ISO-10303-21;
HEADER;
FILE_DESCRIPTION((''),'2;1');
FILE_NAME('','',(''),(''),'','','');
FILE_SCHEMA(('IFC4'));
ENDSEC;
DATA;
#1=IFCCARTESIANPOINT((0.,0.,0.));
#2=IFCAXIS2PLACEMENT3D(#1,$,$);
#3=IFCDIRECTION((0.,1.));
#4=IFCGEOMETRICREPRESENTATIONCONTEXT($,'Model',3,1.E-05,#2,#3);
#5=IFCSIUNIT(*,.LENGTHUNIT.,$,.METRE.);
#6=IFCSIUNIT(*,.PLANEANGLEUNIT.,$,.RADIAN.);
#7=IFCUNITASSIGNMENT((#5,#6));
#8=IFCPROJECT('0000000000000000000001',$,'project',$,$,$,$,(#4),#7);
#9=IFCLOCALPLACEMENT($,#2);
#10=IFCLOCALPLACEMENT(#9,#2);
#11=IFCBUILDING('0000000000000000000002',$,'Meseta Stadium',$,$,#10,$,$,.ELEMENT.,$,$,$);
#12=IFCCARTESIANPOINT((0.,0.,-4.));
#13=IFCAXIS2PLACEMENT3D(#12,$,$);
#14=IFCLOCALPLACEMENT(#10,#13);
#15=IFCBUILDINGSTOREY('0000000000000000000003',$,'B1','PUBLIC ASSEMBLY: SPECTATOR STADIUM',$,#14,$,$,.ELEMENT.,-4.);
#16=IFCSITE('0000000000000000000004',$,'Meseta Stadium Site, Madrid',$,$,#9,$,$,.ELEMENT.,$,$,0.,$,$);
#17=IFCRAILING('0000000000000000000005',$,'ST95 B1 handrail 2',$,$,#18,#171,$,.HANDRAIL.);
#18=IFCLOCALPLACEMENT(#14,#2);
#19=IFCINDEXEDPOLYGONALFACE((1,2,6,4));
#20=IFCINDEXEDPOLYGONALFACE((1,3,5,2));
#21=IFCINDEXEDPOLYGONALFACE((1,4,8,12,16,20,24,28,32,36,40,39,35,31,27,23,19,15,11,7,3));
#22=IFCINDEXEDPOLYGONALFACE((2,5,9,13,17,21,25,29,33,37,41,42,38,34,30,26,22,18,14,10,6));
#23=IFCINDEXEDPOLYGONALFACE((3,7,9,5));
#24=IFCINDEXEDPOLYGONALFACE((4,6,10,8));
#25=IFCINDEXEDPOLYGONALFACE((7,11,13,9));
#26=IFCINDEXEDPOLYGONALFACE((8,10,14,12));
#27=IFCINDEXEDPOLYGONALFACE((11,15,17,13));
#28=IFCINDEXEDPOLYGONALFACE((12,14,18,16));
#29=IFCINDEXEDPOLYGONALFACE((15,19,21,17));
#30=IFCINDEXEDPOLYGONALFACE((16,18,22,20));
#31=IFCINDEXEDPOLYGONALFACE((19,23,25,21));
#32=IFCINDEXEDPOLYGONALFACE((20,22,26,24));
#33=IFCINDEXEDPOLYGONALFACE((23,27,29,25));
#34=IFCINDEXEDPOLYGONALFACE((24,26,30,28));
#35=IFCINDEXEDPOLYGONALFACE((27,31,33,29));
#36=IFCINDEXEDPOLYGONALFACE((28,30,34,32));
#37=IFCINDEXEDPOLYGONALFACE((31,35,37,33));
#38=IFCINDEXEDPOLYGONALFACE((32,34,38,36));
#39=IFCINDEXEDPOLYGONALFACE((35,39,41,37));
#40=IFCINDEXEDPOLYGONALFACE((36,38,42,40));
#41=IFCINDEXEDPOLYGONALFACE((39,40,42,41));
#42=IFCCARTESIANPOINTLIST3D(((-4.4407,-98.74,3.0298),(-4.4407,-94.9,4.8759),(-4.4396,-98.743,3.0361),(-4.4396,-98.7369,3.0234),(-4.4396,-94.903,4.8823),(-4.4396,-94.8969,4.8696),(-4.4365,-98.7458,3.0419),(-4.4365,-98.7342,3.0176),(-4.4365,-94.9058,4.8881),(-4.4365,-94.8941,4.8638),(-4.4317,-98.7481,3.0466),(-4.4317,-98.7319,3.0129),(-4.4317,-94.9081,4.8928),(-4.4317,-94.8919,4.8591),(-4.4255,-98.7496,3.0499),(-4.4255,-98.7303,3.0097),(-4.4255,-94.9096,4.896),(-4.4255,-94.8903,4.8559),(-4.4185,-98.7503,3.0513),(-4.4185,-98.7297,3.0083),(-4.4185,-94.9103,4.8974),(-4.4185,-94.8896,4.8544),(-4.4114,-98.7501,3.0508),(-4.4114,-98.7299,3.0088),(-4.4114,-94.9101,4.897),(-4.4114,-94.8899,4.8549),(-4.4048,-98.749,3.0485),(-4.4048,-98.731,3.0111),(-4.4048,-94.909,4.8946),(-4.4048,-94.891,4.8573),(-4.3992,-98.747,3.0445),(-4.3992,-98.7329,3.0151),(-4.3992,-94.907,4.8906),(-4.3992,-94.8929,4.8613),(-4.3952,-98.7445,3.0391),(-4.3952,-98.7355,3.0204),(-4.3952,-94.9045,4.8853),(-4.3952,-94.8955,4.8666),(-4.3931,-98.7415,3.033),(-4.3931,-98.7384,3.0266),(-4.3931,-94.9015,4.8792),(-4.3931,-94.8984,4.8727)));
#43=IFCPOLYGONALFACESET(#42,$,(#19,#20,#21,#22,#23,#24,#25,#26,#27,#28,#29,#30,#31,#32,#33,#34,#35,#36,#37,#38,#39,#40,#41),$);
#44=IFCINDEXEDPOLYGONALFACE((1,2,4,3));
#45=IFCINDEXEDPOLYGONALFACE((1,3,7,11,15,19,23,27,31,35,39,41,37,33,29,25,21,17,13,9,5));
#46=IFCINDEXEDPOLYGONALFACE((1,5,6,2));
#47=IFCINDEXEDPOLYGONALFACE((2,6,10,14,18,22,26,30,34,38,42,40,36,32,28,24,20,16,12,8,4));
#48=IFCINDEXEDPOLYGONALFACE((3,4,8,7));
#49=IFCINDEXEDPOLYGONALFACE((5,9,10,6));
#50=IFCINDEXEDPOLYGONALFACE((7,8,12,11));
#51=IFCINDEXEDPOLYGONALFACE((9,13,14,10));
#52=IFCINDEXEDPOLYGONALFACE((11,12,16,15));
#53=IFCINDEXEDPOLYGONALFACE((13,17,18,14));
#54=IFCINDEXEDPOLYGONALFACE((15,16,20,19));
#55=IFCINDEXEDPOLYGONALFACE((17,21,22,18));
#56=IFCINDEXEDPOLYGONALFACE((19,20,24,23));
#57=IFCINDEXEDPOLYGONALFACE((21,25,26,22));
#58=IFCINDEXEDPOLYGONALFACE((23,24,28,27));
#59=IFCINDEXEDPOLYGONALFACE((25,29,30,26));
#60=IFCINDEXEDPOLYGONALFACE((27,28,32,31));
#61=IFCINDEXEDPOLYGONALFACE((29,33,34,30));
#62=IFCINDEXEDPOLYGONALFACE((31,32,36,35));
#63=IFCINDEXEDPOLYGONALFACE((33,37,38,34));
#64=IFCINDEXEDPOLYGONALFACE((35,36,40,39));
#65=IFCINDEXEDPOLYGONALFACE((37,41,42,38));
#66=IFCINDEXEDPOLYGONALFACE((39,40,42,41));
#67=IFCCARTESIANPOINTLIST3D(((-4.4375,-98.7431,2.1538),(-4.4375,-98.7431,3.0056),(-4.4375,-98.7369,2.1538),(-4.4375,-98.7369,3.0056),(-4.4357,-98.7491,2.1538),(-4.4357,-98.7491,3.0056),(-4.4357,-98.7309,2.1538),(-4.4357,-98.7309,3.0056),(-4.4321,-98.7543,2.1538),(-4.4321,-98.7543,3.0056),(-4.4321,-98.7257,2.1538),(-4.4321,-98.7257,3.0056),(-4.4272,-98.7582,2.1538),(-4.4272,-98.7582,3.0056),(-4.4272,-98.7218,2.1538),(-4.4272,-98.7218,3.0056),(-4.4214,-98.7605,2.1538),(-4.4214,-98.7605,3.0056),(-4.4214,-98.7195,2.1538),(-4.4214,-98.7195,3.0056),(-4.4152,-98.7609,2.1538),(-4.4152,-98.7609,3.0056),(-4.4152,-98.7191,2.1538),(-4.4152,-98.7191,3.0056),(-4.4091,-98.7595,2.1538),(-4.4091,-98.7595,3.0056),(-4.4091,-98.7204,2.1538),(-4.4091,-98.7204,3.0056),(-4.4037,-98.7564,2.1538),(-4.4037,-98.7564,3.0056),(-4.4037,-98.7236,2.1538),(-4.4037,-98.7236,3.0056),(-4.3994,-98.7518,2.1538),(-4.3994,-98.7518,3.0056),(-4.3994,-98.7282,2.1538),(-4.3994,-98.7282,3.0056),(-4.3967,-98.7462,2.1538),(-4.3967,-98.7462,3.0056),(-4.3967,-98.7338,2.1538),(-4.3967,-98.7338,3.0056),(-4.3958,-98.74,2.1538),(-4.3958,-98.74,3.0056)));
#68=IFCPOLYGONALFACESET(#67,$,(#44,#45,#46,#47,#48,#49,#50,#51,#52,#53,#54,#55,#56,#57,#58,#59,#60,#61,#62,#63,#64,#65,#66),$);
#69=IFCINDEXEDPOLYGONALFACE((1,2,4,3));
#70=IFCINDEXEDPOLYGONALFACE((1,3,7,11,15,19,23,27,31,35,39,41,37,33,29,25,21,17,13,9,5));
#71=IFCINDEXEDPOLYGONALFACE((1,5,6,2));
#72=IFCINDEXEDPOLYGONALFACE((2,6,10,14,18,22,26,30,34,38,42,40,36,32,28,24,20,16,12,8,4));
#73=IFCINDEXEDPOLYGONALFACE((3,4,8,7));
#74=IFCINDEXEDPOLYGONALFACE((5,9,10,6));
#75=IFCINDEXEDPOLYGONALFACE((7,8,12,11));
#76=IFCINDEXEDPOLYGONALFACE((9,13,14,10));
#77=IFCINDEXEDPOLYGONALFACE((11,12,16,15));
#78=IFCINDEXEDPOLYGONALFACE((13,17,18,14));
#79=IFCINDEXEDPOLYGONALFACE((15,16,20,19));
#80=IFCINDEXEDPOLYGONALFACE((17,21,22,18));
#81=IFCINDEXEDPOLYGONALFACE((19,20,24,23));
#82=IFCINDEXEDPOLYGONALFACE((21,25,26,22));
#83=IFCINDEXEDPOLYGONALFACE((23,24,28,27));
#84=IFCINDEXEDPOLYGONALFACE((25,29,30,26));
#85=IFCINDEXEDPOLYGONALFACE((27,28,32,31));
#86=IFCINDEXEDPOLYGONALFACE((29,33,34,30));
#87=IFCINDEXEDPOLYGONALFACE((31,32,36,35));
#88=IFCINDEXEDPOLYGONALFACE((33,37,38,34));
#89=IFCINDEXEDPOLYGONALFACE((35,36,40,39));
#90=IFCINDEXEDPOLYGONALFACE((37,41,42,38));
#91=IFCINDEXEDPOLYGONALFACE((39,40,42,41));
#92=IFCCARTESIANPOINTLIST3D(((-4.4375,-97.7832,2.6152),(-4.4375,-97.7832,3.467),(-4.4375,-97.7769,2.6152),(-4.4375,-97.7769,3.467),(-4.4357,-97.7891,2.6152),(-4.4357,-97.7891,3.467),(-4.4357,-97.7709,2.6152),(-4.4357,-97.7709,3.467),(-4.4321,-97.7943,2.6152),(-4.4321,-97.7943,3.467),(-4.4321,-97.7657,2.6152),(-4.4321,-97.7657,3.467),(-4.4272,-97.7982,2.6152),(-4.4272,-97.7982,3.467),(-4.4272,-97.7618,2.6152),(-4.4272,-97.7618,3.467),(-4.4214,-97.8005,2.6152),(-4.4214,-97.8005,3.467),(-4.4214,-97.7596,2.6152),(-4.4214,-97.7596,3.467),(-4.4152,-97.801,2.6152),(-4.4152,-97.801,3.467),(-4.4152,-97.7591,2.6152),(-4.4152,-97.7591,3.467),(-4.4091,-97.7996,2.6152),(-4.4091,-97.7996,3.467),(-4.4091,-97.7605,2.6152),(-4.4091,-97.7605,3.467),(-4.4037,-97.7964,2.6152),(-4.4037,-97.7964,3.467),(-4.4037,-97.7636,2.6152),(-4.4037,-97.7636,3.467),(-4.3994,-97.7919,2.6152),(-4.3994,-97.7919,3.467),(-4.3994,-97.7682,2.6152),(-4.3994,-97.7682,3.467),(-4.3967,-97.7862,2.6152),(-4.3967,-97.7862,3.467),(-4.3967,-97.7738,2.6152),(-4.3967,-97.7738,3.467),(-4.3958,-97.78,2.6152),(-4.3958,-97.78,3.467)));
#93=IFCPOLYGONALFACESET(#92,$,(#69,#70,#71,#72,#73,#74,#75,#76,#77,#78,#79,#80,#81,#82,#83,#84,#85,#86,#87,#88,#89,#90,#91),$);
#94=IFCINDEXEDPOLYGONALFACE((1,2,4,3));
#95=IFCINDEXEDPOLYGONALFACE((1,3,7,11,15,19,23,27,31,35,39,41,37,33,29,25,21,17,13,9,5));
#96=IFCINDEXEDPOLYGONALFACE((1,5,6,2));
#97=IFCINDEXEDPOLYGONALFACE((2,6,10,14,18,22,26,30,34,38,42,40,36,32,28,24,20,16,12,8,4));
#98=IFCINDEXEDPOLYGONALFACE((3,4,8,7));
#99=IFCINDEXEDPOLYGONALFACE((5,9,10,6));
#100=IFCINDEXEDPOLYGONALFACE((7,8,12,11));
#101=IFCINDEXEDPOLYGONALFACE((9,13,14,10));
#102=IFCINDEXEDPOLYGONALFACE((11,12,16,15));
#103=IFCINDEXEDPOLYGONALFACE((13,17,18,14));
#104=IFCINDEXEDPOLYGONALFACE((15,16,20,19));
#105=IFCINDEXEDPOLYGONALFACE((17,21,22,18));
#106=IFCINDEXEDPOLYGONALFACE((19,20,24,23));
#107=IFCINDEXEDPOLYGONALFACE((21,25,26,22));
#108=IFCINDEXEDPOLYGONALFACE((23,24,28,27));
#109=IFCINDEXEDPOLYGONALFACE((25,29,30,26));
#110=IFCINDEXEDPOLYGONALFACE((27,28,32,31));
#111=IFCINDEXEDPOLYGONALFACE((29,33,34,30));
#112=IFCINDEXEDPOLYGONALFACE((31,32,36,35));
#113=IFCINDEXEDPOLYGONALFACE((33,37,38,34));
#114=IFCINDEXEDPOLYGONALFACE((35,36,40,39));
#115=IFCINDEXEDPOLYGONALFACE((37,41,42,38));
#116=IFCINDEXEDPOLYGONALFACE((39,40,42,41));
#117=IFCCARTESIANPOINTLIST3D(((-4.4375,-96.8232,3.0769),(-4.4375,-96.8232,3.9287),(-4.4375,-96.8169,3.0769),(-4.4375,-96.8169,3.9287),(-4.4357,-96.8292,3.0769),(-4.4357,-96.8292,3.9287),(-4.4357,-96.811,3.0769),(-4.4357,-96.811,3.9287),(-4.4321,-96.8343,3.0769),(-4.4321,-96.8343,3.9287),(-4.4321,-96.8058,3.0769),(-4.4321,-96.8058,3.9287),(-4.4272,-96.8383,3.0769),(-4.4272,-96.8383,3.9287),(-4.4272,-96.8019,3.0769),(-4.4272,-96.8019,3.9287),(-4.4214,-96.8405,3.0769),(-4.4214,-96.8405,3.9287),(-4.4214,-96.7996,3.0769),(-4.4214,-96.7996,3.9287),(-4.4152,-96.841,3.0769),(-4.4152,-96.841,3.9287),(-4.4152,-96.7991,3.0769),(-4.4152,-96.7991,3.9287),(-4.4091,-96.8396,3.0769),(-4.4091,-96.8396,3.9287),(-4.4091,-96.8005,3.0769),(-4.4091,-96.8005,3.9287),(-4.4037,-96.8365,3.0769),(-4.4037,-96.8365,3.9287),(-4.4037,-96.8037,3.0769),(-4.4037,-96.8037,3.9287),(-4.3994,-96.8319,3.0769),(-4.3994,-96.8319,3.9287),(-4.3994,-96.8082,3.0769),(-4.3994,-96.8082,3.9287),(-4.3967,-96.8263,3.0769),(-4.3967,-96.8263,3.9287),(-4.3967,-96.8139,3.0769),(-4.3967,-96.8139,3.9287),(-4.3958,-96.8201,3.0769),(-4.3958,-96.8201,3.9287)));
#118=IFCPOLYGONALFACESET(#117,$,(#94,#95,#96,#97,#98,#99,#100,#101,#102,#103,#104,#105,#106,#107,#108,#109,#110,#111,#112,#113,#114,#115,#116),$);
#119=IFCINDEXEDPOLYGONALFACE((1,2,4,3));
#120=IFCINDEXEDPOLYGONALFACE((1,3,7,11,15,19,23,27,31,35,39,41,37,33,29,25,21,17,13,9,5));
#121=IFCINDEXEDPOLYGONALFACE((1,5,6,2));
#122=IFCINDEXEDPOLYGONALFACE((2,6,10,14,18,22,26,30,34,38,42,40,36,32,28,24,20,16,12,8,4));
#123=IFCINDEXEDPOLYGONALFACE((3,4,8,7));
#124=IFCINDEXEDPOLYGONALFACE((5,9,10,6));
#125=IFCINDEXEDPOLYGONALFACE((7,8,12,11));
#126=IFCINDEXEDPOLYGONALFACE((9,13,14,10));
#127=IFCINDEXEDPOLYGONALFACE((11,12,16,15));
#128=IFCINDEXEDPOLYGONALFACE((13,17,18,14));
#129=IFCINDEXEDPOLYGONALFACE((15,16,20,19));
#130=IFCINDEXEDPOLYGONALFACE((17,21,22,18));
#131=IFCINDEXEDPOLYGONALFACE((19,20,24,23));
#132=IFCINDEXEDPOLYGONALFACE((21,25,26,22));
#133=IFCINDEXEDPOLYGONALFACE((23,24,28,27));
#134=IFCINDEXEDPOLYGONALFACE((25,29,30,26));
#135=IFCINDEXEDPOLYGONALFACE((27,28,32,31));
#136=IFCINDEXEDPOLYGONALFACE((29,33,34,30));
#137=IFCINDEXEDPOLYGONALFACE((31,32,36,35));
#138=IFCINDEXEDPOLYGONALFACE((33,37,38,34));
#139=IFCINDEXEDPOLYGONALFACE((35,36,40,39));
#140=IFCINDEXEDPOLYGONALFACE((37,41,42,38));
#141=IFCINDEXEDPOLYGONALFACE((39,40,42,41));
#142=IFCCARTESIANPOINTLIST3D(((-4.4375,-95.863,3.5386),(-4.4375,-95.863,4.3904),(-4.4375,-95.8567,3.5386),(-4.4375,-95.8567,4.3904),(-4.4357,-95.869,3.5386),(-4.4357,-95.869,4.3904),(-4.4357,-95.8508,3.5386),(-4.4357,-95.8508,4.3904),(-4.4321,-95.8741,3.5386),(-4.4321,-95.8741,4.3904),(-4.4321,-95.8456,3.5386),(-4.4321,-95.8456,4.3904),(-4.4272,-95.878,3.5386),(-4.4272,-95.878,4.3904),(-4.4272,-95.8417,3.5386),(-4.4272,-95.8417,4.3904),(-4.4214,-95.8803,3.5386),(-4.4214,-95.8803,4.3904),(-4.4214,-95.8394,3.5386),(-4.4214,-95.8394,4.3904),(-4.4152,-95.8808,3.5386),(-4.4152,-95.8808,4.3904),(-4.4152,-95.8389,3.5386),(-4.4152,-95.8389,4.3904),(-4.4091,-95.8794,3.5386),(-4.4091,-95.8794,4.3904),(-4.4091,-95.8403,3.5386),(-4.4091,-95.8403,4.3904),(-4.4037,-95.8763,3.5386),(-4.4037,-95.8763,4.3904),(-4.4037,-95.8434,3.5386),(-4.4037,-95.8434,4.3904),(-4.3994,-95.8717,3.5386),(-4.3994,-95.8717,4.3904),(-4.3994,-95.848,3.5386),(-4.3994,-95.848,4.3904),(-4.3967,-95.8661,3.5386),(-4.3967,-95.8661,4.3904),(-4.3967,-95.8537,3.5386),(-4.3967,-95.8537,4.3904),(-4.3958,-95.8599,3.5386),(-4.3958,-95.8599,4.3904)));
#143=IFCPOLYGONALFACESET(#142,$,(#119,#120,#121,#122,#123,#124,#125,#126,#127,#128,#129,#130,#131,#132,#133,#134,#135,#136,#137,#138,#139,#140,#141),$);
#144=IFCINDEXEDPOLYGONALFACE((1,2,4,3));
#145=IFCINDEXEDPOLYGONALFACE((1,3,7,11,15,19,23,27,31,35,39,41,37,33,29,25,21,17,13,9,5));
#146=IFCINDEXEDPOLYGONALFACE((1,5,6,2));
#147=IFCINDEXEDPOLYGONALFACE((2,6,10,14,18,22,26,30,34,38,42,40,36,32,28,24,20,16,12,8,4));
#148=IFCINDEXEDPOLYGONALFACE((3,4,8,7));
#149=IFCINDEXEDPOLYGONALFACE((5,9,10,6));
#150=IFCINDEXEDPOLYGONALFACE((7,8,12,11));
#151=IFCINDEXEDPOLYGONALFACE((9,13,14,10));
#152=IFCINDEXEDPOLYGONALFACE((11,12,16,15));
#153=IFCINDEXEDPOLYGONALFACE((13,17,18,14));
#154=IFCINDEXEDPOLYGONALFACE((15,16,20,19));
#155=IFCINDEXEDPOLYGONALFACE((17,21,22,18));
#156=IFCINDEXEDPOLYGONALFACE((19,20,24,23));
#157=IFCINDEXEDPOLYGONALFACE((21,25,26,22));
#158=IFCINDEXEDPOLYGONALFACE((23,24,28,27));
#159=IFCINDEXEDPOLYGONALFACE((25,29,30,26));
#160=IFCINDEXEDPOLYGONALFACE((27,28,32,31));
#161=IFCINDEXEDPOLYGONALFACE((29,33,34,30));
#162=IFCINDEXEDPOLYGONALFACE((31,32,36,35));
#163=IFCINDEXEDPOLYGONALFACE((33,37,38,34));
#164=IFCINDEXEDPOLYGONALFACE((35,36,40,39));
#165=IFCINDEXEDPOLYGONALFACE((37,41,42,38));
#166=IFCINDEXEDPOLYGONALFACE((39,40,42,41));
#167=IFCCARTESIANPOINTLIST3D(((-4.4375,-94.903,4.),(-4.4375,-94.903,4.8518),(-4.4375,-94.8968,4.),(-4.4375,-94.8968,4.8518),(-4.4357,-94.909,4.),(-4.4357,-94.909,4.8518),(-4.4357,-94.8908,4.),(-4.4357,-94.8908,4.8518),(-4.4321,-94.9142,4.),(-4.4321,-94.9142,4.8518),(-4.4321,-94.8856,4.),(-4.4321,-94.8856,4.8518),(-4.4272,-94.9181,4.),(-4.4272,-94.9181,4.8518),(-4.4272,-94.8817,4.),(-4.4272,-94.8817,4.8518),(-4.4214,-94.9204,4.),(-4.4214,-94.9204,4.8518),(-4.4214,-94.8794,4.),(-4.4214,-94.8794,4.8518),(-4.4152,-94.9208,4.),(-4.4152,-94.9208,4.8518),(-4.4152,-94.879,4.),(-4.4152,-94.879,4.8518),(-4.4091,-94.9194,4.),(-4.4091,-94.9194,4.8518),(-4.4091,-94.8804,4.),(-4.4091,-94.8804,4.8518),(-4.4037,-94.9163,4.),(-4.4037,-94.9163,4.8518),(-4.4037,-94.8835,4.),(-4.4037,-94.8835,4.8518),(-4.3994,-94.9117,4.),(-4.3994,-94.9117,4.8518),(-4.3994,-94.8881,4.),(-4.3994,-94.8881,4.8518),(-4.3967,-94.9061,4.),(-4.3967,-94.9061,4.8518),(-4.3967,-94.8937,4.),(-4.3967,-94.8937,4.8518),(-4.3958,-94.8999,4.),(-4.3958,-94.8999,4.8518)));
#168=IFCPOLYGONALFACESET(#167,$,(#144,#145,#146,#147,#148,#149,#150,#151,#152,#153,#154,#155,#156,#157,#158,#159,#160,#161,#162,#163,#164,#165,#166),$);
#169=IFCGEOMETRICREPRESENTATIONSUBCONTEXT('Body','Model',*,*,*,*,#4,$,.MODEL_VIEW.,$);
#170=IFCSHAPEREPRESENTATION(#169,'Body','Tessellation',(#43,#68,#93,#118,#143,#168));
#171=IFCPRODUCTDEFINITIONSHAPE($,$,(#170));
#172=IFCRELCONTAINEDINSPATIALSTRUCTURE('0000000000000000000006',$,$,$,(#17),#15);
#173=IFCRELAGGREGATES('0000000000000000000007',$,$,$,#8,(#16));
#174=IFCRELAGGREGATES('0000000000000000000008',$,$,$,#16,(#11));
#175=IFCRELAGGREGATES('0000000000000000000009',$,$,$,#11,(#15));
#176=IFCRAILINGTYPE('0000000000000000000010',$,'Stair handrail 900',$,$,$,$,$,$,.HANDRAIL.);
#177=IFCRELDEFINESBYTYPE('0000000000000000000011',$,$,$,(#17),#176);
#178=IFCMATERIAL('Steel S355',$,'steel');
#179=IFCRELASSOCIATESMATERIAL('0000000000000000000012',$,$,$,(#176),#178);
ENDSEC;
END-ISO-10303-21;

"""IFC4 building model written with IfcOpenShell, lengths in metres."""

from ifc_helpers import new_model, si_unit, direction, frame, origin, origin_2d, place, context, subcontext, project, spatial, circle, extrude, material, type_object, element, save


model = new_model("IFC4")

# Units and contexts
model_context = context("Model", 3, precision=1e-05, world=origin(), true_north=direction((0.0, 1.0)))
body_context = subcontext(model_context, "Body", "Model", "MODEL_VIEW")
ifc_project = project(units=[si_unit("LENGTHUNIT", "METRE"), si_unit("PLANEANGLEUNIT", "RADIAN")], contexts=[model_context])

# Site, building, storey
site_placement = place(None, origin())
site = spatial("IfcSite", under=ifc_project, at=site_placement, Name="Meseta Stadium Site, Madrid", CompositionType="ELEMENT", RefElevation=0.0)
building_placement = place(site_placement, origin())
building = spatial("IfcBuilding", under=site, at=building_placement, Name="Meseta Stadium", CompositionType="ELEMENT")
storey_placement = place(building_placement, frame((0.0, 0.0, -4.0)))
storey = spatial("IfcBuildingStorey", under=building, at=storey_placement, Name="B1", Description="PUBLIC ASSEMBLY: SPECTATOR STADIUM", CompositionType="ELEMENT", Elevation=-4.0)

# Railing
ifc_material_1 = material(Name="Steel S355", Category="steel")
railing_type_1 = type_object("IfcRailingType", Name="Stair handrail 900", PredefinedType="HANDRAIL", material=ifc_material_1)
for number, where, name in (
    (1, (-4.4167, -98.74, 2.1538), "ST95 B1 handrail 2"),
):
    element("IfcRailing", number, at=place(storey_placement, frame(where)), inside=storey, type_object=railing_type_1, Name=name, PredefinedType="HANDRAIL", context=body_context, shape_type="SweptSolid", body=[
        extrude(circle(Radius=0.0239, at=origin_2d()), frame((0.0, 0.0, 0.876), z_axis=(0.0, 0.901253, 0.433294), x_axis=(-1.0, 0.0, 0.0)), (0.0, 0.0, 1.0), 4.2607),
        extrude(circle(Radius=0.021, at=origin_2d()), origin(), (0.0, 0.0, 1.0), 0.8518),
        extrude(circle(Radius=0.021, at=origin_2d()), frame((0.0, 0.96, 0.4614)), (0.0, 0.0, 1.0), 0.8518),
        extrude(circle(Radius=0.021, at=origin_2d()), frame((0.0, 1.9199, 0.9231)), (0.0, 0.0, 1.0), 0.8518),
        extrude(circle(Radius=0.021, at=origin_2d()), frame((0.0, 2.8801, 1.3848)), (0.0, 0.0, 1.0), 0.8518),
        extrude(circle(Radius=0.021, at=origin_2d()), frame((0.0, 3.8401, 1.8462)), (0.0, 0.0, 1.0), 0.8518),
    ])

save(model, "model.ifc")
